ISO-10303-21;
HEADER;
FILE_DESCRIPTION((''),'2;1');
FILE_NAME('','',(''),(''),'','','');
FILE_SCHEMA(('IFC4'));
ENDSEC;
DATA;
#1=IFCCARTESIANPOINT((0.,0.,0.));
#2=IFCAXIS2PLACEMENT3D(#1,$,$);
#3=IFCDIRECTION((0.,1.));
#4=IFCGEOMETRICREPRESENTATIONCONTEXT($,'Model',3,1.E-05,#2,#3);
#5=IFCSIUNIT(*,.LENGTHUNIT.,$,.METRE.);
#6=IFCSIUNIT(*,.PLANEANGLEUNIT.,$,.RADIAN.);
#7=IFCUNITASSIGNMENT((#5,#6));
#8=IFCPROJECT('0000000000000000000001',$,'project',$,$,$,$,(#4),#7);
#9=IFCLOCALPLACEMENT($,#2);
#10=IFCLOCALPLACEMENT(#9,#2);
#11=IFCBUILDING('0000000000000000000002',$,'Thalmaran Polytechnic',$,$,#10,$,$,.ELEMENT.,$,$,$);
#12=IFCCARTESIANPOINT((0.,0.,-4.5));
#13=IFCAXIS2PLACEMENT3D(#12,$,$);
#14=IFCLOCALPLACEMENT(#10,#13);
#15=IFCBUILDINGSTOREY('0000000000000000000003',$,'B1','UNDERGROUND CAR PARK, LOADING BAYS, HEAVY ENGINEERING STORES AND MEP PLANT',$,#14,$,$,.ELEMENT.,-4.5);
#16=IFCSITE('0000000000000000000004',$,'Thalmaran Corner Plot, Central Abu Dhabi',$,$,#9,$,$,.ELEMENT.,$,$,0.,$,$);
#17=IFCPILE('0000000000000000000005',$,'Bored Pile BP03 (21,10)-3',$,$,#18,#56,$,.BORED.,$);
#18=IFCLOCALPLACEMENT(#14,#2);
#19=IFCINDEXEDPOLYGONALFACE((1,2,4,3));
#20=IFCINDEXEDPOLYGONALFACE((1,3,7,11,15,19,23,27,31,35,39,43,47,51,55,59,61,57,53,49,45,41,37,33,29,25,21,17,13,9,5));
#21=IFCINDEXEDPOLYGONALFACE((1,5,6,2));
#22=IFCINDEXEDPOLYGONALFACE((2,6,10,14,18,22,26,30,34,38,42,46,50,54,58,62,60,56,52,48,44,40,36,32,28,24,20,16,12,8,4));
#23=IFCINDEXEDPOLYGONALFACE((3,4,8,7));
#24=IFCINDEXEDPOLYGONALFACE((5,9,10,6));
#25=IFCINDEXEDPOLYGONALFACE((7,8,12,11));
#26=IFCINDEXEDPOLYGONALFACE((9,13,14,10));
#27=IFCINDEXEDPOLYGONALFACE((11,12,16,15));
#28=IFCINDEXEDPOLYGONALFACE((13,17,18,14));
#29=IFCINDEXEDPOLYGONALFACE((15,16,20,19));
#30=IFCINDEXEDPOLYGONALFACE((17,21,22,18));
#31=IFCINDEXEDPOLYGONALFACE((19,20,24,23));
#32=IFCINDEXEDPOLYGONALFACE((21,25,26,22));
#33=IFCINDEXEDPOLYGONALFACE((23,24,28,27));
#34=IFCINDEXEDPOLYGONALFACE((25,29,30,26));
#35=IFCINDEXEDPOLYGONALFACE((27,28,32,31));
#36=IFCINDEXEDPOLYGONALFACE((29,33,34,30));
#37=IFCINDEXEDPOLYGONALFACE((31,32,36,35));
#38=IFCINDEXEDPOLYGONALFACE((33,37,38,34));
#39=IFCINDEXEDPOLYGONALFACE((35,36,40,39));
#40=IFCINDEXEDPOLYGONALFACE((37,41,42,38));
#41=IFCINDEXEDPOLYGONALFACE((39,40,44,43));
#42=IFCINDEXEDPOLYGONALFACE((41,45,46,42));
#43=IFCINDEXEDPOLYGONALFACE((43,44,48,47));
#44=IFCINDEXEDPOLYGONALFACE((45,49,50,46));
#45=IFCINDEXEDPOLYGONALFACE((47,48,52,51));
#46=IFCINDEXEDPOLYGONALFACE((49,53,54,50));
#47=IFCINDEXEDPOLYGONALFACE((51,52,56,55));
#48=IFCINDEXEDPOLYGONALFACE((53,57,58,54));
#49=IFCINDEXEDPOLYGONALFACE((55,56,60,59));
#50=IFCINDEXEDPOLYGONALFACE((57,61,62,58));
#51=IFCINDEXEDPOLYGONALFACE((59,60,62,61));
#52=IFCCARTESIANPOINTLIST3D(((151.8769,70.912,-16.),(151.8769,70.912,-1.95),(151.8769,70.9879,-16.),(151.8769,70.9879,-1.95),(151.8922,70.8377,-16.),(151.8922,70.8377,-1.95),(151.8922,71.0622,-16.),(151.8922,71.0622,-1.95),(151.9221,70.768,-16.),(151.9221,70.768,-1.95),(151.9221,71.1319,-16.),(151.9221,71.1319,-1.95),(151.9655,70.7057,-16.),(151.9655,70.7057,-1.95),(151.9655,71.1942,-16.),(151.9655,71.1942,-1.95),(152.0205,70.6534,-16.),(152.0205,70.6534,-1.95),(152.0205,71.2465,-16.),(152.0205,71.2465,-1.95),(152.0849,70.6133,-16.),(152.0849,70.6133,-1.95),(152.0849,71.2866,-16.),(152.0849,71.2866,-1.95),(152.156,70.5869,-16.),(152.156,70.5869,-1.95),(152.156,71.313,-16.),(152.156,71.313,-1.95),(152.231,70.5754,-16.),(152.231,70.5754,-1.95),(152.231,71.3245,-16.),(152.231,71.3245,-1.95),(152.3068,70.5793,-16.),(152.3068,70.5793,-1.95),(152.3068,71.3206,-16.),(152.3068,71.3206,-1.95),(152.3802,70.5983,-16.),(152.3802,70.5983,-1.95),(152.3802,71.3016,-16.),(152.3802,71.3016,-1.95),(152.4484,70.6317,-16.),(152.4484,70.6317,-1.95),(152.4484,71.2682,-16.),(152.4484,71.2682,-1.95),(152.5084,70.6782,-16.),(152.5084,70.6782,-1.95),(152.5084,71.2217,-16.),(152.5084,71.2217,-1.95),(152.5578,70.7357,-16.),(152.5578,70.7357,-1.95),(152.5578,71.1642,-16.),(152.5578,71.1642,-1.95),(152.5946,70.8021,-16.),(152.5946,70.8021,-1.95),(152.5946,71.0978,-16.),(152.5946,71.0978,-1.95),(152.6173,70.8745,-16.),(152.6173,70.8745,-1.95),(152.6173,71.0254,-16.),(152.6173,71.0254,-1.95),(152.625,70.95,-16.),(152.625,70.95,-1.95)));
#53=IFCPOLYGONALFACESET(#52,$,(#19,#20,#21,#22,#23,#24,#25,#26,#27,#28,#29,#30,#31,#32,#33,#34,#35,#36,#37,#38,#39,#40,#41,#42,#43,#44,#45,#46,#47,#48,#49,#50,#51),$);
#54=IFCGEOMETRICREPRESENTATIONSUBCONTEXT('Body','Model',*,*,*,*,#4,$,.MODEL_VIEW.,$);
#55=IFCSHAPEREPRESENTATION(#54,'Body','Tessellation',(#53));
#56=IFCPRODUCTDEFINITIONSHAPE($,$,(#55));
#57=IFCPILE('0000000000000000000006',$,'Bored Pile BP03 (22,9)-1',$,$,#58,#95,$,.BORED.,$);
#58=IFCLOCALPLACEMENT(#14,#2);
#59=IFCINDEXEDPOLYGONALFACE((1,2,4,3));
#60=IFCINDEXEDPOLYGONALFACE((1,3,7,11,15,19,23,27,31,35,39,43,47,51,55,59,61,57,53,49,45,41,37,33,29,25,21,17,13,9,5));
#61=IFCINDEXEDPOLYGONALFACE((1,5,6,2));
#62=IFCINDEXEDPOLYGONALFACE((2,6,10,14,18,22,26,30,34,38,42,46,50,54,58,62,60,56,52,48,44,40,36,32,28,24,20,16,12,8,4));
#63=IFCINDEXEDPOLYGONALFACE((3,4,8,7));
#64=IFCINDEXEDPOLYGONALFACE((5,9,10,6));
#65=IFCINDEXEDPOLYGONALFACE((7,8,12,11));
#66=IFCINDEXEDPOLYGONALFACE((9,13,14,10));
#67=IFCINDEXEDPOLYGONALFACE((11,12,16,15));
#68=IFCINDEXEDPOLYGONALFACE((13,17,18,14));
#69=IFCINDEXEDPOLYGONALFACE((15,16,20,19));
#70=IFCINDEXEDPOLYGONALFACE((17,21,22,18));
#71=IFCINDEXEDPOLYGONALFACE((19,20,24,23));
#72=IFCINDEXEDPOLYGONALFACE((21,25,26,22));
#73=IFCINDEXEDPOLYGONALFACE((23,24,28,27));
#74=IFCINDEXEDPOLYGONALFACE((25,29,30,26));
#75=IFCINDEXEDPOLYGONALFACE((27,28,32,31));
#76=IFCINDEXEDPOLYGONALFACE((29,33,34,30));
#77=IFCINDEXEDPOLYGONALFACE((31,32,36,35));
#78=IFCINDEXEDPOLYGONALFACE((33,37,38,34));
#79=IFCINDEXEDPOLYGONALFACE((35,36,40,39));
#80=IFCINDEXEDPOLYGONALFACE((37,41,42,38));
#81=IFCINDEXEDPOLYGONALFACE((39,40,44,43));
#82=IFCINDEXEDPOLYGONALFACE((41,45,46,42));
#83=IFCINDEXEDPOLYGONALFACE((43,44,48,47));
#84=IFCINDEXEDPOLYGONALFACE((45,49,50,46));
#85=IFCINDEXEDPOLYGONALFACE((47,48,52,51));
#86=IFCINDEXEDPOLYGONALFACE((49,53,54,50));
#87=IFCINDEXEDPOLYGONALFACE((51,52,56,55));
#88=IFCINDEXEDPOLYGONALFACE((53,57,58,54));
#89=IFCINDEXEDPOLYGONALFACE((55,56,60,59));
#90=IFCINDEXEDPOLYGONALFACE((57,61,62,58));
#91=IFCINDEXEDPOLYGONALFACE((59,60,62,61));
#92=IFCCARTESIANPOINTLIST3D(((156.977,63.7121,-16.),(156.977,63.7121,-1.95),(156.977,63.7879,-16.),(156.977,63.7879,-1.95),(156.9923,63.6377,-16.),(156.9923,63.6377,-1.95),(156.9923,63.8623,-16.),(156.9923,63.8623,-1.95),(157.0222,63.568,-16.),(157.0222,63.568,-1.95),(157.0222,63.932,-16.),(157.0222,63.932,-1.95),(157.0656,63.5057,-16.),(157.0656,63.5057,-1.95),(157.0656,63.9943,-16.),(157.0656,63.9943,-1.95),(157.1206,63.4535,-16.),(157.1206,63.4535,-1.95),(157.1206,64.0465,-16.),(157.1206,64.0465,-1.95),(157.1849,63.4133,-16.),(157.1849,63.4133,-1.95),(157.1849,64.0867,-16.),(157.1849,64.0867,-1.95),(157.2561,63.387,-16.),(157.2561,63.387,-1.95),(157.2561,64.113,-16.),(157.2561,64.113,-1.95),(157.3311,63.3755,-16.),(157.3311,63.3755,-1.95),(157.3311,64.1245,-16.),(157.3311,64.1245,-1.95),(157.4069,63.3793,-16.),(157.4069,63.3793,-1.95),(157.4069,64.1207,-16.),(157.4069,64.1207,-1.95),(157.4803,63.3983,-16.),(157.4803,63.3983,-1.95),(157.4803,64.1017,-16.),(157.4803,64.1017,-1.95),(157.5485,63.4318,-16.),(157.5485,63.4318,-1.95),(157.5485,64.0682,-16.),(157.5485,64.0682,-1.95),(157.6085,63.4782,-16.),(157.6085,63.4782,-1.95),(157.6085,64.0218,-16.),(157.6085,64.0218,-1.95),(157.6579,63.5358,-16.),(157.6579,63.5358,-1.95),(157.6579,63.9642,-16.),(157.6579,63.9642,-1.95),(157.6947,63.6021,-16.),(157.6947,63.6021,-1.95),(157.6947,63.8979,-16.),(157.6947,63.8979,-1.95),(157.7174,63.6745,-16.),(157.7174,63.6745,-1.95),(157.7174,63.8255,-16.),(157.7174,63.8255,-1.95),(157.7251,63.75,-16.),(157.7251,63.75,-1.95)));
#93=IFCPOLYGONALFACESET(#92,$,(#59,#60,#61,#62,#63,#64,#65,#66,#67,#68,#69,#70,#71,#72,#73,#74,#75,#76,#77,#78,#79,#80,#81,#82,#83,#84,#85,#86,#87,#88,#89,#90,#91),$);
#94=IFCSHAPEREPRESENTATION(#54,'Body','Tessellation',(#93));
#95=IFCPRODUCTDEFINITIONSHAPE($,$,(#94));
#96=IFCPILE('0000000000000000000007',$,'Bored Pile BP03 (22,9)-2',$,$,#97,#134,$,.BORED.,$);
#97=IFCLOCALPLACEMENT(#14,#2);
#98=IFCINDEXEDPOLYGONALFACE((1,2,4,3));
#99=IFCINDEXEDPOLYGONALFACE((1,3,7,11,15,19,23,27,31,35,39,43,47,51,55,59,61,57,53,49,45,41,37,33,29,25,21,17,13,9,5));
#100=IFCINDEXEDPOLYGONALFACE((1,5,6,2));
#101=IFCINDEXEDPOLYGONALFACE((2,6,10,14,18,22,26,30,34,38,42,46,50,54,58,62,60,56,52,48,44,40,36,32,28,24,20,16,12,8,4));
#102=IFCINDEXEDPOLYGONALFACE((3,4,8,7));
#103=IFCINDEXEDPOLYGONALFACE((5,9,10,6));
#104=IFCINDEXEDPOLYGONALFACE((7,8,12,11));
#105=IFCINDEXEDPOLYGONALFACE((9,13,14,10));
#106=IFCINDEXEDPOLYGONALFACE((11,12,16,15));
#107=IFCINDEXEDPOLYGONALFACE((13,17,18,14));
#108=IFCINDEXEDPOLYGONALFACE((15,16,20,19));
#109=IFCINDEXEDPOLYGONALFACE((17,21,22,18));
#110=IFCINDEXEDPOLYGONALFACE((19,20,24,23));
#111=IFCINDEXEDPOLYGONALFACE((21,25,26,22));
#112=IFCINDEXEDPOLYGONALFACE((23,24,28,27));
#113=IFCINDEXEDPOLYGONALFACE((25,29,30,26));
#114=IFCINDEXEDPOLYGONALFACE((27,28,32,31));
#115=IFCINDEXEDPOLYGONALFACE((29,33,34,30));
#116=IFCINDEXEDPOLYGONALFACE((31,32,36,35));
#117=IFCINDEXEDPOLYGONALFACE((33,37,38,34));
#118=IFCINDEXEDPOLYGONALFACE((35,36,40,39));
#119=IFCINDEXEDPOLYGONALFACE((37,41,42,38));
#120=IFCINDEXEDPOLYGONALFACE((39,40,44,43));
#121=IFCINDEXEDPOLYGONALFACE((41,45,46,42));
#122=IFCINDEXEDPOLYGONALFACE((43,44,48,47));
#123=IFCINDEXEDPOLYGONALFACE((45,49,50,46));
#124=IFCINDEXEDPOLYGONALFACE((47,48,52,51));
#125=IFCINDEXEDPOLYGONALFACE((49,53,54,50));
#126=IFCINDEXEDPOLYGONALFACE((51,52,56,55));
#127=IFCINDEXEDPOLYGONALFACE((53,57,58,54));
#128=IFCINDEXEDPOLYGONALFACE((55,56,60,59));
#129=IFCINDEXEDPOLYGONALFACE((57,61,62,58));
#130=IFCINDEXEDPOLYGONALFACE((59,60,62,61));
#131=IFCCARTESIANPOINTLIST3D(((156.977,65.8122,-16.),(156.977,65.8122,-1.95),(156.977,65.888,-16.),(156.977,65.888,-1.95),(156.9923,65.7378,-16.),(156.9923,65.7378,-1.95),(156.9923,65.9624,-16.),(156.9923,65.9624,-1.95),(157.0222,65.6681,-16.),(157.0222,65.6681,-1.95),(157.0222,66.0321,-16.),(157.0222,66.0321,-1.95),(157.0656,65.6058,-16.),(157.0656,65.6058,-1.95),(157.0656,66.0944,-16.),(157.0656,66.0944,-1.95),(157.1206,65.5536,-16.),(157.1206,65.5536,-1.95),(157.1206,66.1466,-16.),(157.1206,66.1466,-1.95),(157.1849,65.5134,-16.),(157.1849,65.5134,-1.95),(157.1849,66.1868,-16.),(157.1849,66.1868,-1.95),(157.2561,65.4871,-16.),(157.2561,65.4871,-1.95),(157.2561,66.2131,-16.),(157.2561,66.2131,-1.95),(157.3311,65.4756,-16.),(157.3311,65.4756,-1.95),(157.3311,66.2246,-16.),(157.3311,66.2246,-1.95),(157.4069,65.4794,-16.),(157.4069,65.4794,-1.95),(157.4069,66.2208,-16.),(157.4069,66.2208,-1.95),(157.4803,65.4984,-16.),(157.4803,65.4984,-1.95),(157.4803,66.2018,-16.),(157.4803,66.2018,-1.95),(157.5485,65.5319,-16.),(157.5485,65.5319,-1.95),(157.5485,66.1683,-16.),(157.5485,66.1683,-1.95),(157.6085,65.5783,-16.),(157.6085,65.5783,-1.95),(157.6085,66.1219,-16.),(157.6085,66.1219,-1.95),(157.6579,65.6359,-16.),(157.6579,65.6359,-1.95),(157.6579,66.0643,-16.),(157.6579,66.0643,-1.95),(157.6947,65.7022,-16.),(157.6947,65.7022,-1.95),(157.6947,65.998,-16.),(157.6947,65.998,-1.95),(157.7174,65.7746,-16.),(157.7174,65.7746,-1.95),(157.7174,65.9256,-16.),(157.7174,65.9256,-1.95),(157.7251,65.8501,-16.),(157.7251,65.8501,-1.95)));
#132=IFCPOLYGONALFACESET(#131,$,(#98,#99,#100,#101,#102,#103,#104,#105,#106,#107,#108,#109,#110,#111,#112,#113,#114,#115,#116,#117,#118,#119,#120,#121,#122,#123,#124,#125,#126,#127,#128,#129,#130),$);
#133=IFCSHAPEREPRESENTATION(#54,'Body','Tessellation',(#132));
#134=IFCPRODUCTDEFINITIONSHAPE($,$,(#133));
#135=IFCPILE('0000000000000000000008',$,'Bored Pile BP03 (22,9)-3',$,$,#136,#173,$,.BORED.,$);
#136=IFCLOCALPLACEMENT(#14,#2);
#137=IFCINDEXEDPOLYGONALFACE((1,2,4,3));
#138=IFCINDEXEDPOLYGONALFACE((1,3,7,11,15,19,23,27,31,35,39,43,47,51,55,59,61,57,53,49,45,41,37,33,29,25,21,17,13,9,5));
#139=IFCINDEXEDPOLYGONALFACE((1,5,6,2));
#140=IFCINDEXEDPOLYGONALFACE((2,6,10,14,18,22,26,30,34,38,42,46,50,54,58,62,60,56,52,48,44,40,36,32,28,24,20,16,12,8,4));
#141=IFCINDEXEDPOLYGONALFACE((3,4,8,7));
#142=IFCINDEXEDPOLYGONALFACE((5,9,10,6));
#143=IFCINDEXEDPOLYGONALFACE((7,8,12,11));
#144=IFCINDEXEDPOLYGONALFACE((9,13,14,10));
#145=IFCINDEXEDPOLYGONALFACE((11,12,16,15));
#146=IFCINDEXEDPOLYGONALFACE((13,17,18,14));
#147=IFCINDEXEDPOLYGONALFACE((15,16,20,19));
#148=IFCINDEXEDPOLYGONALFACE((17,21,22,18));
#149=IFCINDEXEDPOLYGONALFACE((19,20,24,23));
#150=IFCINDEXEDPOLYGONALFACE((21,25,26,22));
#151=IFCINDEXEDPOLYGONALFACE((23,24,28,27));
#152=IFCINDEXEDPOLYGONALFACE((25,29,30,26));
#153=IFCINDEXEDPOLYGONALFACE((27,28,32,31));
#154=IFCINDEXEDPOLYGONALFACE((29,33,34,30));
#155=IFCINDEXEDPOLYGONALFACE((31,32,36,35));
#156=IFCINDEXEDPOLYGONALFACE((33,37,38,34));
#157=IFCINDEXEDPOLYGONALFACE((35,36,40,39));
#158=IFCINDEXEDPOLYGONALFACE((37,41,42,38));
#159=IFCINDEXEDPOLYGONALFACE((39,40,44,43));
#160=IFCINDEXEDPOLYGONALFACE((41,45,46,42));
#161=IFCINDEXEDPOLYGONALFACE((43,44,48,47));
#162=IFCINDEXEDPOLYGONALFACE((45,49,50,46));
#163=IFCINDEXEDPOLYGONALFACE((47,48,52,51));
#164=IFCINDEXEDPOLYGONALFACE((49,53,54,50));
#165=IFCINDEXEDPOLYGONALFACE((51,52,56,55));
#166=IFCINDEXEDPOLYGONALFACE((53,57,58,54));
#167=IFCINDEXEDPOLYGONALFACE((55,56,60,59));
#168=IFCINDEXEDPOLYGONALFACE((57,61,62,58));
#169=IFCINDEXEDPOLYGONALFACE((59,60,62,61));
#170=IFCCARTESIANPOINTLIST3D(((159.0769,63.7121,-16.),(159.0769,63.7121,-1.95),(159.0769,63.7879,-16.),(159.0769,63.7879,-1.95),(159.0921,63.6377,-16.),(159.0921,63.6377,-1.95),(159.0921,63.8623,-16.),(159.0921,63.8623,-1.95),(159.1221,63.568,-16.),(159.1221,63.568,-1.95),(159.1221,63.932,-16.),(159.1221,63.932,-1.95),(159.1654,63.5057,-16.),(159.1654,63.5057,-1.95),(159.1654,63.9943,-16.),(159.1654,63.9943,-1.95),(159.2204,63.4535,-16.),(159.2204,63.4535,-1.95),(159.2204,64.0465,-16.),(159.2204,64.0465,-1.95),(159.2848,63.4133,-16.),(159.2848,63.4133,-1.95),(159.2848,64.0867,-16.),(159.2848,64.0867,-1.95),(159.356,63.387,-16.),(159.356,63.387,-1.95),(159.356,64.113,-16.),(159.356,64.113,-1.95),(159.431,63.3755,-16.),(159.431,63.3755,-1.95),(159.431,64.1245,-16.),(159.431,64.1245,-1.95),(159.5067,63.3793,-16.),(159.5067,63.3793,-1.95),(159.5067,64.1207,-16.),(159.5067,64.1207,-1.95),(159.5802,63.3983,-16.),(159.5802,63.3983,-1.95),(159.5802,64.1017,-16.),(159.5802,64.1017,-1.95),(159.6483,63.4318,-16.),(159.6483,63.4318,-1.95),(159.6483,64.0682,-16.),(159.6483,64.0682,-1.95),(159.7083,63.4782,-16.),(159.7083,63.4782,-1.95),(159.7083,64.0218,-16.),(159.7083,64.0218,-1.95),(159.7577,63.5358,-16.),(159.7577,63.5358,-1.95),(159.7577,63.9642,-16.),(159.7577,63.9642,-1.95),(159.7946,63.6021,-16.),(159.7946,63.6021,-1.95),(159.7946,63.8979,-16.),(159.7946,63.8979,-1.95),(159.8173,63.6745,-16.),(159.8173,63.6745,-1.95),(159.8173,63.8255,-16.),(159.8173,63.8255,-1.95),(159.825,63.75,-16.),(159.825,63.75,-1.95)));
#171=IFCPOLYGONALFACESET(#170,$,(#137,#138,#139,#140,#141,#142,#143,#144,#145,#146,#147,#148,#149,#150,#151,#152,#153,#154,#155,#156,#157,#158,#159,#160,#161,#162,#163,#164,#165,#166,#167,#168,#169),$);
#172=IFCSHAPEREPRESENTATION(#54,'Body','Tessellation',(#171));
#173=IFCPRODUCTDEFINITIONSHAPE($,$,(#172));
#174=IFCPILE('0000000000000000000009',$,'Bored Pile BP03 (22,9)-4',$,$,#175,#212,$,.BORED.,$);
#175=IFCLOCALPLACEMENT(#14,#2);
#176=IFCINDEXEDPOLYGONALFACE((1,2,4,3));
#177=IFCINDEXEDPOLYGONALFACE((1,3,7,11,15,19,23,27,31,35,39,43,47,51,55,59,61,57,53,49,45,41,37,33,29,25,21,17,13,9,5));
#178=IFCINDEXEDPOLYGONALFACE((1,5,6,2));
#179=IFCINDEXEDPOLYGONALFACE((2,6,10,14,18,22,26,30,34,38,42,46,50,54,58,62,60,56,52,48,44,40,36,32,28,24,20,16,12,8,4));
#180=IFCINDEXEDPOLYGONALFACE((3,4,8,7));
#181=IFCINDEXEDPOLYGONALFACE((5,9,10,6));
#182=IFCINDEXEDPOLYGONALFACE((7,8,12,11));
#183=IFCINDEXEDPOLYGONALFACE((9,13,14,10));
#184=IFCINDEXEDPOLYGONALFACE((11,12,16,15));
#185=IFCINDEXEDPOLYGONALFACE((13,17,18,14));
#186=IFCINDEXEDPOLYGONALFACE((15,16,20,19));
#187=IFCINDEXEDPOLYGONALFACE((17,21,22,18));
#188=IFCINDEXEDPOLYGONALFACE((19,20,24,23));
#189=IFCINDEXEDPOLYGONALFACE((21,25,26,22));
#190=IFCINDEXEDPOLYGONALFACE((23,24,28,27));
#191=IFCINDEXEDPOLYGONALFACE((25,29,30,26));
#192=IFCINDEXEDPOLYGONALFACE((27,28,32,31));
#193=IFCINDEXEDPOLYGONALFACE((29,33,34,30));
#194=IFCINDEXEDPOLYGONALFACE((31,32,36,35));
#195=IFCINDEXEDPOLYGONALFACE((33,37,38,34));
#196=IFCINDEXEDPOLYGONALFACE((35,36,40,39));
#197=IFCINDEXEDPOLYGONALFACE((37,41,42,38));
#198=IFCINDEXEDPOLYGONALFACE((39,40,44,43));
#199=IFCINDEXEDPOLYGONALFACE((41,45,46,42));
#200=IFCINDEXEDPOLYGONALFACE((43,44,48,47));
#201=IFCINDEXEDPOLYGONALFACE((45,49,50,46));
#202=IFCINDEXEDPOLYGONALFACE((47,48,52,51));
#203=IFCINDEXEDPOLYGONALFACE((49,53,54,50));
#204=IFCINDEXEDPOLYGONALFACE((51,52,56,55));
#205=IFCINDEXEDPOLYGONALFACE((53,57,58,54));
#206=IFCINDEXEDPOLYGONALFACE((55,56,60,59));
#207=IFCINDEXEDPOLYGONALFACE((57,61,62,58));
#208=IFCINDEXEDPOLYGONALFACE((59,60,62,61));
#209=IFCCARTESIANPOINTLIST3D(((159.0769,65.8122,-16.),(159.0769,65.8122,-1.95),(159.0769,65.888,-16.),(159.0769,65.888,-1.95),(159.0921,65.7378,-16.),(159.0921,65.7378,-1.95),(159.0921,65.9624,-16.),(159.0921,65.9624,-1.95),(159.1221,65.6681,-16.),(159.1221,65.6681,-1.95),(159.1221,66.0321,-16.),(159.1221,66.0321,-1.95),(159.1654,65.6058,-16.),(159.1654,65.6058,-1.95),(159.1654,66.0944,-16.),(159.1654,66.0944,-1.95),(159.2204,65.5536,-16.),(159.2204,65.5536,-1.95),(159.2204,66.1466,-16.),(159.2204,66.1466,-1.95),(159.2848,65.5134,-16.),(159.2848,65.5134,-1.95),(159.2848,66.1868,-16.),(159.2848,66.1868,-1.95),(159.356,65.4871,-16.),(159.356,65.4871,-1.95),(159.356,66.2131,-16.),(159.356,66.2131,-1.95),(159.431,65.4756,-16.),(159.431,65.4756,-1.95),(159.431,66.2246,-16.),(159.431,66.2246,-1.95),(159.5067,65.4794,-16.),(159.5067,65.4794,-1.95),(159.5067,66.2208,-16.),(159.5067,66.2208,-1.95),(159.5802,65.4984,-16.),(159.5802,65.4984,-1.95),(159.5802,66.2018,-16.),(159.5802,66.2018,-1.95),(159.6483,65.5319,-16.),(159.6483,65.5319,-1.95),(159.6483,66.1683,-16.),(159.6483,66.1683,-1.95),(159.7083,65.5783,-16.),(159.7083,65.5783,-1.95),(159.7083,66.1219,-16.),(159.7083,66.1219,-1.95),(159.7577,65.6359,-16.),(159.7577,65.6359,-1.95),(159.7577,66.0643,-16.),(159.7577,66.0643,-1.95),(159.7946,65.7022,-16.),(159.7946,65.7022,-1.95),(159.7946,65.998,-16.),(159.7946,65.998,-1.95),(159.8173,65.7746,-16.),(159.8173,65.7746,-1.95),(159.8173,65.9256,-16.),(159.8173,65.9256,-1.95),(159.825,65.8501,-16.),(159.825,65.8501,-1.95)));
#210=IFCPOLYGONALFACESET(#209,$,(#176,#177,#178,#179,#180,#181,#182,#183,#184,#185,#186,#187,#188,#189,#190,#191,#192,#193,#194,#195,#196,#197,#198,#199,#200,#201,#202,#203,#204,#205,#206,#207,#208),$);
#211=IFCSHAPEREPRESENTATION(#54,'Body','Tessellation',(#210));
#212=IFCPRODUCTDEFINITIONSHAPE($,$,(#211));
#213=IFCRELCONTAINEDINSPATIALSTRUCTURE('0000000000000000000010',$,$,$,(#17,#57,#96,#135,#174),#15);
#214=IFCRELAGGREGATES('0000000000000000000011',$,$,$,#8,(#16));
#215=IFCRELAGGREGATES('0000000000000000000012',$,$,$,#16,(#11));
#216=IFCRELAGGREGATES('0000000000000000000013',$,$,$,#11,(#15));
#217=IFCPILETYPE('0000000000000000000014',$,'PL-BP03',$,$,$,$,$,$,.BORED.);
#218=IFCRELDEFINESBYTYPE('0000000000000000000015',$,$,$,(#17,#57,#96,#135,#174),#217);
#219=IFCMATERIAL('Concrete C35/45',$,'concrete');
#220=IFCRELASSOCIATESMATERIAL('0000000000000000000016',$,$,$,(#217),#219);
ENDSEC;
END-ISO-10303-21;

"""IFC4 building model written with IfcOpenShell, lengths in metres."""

from ifc_helpers import new_model, si_unit, direction, frame, origin, origin_2d, place, context, subcontext, project, spatial, circle, extrude, material, material_profile, profile_set, type_object, element, save


model = new_model("IFC4")

# Units and contexts
model_context = context("Model", 3, precision=1e-05, world=origin(), true_north=direction((0.0, 1.0)))
body_context = subcontext(model_context, "Body", "Model", "MODEL_VIEW")
ifc_project = project(units=[si_unit("LENGTHUNIT", "METRE"), si_unit("PLANEANGLEUNIT", "RADIAN")], contexts=[model_context])

# Site, building, storey
site_placement = place(None, origin())
site = spatial("IfcSite", under=ifc_project, at=site_placement, Name="Thalmaran Corner Plot, Central Abu Dhabi", CompositionType="ELEMENT", RefElevation=0.0)
building_placement = place(site_placement, origin())
building = spatial("IfcBuilding", under=site, at=building_placement, Name="Thalmaran Polytechnic", CompositionType="ELEMENT")
storey_placement = place(building_placement, frame((0.0, 0.0, -4.5)))
storey = spatial("IfcBuildingStorey", under=building, at=storey_placement, Name="B1", Description="UNDERGROUND CAR PARK, LOADING BAYS, HEAVY ENGINEERING STORES AND MEP PLANT", CompositionType="ELEMENT", Elevation=-4.5)

# Piles
ifc_material_1 = material(Name="Concrete C35/45", Category="concrete")
ifc_material_profile_1 = material_profile(ifc_material_1, circle(Radius=0.375, at=origin_2d()), Name="RC 750 DIA")
ifc_profile_set_1 = profile_set([ifc_material_profile_1], Name="Concrete C35/45")
pile_type = type_object("IfcPileType", Name="PL-BP03", PredefinedType="BORED", material=ifc_profile_set_1)
for number, where, z_axis, x_axis, name in (
    (1, (152.25, 70.95, -1.95), (0.0, 0.0, -1.0), (1.0, 0.0, 0.0), "Bored Pile BP03 (21,10)-3"),
    (2, (157.3501, 63.75, -1.95), (0.0, 0.0, -1.0), (1.0, 0.0, 0.0), "Bored Pile BP03 (22,9)-1"),
    (3, (157.3501, 65.8501, -1.95), (0.0, 0.0, -1.0), (1.0, 0.0, 0.0), "Bored Pile BP03 (22,9)-2"),
    (4, (159.45, 63.75, -1.95), (0.0, 0.0, -1.0), (1.0, 0.0, 0.0), "Bored Pile BP03 (22,9)-3"),
    (5, (159.45, 65.8501, -1.95), (0.0, 0.0, -1.0), (1.0, 0.0, 0.0), "Bored Pile BP03 (22,9)-4"),
):
    element("IfcPile", number, at=place(storey_placement, frame(where, z_axis=z_axis, x_axis=x_axis)), inside=storey, type_object=pile_type, Name=name, PredefinedType="BORED", context=body_context, shape_type="SweptSolid", body=[
        extrude(circle(Radius=0.375, at=origin_2d()), origin(), (0.0, 0.0, 1.0), 14.05),
    ])

save(model, "model.ifc")
